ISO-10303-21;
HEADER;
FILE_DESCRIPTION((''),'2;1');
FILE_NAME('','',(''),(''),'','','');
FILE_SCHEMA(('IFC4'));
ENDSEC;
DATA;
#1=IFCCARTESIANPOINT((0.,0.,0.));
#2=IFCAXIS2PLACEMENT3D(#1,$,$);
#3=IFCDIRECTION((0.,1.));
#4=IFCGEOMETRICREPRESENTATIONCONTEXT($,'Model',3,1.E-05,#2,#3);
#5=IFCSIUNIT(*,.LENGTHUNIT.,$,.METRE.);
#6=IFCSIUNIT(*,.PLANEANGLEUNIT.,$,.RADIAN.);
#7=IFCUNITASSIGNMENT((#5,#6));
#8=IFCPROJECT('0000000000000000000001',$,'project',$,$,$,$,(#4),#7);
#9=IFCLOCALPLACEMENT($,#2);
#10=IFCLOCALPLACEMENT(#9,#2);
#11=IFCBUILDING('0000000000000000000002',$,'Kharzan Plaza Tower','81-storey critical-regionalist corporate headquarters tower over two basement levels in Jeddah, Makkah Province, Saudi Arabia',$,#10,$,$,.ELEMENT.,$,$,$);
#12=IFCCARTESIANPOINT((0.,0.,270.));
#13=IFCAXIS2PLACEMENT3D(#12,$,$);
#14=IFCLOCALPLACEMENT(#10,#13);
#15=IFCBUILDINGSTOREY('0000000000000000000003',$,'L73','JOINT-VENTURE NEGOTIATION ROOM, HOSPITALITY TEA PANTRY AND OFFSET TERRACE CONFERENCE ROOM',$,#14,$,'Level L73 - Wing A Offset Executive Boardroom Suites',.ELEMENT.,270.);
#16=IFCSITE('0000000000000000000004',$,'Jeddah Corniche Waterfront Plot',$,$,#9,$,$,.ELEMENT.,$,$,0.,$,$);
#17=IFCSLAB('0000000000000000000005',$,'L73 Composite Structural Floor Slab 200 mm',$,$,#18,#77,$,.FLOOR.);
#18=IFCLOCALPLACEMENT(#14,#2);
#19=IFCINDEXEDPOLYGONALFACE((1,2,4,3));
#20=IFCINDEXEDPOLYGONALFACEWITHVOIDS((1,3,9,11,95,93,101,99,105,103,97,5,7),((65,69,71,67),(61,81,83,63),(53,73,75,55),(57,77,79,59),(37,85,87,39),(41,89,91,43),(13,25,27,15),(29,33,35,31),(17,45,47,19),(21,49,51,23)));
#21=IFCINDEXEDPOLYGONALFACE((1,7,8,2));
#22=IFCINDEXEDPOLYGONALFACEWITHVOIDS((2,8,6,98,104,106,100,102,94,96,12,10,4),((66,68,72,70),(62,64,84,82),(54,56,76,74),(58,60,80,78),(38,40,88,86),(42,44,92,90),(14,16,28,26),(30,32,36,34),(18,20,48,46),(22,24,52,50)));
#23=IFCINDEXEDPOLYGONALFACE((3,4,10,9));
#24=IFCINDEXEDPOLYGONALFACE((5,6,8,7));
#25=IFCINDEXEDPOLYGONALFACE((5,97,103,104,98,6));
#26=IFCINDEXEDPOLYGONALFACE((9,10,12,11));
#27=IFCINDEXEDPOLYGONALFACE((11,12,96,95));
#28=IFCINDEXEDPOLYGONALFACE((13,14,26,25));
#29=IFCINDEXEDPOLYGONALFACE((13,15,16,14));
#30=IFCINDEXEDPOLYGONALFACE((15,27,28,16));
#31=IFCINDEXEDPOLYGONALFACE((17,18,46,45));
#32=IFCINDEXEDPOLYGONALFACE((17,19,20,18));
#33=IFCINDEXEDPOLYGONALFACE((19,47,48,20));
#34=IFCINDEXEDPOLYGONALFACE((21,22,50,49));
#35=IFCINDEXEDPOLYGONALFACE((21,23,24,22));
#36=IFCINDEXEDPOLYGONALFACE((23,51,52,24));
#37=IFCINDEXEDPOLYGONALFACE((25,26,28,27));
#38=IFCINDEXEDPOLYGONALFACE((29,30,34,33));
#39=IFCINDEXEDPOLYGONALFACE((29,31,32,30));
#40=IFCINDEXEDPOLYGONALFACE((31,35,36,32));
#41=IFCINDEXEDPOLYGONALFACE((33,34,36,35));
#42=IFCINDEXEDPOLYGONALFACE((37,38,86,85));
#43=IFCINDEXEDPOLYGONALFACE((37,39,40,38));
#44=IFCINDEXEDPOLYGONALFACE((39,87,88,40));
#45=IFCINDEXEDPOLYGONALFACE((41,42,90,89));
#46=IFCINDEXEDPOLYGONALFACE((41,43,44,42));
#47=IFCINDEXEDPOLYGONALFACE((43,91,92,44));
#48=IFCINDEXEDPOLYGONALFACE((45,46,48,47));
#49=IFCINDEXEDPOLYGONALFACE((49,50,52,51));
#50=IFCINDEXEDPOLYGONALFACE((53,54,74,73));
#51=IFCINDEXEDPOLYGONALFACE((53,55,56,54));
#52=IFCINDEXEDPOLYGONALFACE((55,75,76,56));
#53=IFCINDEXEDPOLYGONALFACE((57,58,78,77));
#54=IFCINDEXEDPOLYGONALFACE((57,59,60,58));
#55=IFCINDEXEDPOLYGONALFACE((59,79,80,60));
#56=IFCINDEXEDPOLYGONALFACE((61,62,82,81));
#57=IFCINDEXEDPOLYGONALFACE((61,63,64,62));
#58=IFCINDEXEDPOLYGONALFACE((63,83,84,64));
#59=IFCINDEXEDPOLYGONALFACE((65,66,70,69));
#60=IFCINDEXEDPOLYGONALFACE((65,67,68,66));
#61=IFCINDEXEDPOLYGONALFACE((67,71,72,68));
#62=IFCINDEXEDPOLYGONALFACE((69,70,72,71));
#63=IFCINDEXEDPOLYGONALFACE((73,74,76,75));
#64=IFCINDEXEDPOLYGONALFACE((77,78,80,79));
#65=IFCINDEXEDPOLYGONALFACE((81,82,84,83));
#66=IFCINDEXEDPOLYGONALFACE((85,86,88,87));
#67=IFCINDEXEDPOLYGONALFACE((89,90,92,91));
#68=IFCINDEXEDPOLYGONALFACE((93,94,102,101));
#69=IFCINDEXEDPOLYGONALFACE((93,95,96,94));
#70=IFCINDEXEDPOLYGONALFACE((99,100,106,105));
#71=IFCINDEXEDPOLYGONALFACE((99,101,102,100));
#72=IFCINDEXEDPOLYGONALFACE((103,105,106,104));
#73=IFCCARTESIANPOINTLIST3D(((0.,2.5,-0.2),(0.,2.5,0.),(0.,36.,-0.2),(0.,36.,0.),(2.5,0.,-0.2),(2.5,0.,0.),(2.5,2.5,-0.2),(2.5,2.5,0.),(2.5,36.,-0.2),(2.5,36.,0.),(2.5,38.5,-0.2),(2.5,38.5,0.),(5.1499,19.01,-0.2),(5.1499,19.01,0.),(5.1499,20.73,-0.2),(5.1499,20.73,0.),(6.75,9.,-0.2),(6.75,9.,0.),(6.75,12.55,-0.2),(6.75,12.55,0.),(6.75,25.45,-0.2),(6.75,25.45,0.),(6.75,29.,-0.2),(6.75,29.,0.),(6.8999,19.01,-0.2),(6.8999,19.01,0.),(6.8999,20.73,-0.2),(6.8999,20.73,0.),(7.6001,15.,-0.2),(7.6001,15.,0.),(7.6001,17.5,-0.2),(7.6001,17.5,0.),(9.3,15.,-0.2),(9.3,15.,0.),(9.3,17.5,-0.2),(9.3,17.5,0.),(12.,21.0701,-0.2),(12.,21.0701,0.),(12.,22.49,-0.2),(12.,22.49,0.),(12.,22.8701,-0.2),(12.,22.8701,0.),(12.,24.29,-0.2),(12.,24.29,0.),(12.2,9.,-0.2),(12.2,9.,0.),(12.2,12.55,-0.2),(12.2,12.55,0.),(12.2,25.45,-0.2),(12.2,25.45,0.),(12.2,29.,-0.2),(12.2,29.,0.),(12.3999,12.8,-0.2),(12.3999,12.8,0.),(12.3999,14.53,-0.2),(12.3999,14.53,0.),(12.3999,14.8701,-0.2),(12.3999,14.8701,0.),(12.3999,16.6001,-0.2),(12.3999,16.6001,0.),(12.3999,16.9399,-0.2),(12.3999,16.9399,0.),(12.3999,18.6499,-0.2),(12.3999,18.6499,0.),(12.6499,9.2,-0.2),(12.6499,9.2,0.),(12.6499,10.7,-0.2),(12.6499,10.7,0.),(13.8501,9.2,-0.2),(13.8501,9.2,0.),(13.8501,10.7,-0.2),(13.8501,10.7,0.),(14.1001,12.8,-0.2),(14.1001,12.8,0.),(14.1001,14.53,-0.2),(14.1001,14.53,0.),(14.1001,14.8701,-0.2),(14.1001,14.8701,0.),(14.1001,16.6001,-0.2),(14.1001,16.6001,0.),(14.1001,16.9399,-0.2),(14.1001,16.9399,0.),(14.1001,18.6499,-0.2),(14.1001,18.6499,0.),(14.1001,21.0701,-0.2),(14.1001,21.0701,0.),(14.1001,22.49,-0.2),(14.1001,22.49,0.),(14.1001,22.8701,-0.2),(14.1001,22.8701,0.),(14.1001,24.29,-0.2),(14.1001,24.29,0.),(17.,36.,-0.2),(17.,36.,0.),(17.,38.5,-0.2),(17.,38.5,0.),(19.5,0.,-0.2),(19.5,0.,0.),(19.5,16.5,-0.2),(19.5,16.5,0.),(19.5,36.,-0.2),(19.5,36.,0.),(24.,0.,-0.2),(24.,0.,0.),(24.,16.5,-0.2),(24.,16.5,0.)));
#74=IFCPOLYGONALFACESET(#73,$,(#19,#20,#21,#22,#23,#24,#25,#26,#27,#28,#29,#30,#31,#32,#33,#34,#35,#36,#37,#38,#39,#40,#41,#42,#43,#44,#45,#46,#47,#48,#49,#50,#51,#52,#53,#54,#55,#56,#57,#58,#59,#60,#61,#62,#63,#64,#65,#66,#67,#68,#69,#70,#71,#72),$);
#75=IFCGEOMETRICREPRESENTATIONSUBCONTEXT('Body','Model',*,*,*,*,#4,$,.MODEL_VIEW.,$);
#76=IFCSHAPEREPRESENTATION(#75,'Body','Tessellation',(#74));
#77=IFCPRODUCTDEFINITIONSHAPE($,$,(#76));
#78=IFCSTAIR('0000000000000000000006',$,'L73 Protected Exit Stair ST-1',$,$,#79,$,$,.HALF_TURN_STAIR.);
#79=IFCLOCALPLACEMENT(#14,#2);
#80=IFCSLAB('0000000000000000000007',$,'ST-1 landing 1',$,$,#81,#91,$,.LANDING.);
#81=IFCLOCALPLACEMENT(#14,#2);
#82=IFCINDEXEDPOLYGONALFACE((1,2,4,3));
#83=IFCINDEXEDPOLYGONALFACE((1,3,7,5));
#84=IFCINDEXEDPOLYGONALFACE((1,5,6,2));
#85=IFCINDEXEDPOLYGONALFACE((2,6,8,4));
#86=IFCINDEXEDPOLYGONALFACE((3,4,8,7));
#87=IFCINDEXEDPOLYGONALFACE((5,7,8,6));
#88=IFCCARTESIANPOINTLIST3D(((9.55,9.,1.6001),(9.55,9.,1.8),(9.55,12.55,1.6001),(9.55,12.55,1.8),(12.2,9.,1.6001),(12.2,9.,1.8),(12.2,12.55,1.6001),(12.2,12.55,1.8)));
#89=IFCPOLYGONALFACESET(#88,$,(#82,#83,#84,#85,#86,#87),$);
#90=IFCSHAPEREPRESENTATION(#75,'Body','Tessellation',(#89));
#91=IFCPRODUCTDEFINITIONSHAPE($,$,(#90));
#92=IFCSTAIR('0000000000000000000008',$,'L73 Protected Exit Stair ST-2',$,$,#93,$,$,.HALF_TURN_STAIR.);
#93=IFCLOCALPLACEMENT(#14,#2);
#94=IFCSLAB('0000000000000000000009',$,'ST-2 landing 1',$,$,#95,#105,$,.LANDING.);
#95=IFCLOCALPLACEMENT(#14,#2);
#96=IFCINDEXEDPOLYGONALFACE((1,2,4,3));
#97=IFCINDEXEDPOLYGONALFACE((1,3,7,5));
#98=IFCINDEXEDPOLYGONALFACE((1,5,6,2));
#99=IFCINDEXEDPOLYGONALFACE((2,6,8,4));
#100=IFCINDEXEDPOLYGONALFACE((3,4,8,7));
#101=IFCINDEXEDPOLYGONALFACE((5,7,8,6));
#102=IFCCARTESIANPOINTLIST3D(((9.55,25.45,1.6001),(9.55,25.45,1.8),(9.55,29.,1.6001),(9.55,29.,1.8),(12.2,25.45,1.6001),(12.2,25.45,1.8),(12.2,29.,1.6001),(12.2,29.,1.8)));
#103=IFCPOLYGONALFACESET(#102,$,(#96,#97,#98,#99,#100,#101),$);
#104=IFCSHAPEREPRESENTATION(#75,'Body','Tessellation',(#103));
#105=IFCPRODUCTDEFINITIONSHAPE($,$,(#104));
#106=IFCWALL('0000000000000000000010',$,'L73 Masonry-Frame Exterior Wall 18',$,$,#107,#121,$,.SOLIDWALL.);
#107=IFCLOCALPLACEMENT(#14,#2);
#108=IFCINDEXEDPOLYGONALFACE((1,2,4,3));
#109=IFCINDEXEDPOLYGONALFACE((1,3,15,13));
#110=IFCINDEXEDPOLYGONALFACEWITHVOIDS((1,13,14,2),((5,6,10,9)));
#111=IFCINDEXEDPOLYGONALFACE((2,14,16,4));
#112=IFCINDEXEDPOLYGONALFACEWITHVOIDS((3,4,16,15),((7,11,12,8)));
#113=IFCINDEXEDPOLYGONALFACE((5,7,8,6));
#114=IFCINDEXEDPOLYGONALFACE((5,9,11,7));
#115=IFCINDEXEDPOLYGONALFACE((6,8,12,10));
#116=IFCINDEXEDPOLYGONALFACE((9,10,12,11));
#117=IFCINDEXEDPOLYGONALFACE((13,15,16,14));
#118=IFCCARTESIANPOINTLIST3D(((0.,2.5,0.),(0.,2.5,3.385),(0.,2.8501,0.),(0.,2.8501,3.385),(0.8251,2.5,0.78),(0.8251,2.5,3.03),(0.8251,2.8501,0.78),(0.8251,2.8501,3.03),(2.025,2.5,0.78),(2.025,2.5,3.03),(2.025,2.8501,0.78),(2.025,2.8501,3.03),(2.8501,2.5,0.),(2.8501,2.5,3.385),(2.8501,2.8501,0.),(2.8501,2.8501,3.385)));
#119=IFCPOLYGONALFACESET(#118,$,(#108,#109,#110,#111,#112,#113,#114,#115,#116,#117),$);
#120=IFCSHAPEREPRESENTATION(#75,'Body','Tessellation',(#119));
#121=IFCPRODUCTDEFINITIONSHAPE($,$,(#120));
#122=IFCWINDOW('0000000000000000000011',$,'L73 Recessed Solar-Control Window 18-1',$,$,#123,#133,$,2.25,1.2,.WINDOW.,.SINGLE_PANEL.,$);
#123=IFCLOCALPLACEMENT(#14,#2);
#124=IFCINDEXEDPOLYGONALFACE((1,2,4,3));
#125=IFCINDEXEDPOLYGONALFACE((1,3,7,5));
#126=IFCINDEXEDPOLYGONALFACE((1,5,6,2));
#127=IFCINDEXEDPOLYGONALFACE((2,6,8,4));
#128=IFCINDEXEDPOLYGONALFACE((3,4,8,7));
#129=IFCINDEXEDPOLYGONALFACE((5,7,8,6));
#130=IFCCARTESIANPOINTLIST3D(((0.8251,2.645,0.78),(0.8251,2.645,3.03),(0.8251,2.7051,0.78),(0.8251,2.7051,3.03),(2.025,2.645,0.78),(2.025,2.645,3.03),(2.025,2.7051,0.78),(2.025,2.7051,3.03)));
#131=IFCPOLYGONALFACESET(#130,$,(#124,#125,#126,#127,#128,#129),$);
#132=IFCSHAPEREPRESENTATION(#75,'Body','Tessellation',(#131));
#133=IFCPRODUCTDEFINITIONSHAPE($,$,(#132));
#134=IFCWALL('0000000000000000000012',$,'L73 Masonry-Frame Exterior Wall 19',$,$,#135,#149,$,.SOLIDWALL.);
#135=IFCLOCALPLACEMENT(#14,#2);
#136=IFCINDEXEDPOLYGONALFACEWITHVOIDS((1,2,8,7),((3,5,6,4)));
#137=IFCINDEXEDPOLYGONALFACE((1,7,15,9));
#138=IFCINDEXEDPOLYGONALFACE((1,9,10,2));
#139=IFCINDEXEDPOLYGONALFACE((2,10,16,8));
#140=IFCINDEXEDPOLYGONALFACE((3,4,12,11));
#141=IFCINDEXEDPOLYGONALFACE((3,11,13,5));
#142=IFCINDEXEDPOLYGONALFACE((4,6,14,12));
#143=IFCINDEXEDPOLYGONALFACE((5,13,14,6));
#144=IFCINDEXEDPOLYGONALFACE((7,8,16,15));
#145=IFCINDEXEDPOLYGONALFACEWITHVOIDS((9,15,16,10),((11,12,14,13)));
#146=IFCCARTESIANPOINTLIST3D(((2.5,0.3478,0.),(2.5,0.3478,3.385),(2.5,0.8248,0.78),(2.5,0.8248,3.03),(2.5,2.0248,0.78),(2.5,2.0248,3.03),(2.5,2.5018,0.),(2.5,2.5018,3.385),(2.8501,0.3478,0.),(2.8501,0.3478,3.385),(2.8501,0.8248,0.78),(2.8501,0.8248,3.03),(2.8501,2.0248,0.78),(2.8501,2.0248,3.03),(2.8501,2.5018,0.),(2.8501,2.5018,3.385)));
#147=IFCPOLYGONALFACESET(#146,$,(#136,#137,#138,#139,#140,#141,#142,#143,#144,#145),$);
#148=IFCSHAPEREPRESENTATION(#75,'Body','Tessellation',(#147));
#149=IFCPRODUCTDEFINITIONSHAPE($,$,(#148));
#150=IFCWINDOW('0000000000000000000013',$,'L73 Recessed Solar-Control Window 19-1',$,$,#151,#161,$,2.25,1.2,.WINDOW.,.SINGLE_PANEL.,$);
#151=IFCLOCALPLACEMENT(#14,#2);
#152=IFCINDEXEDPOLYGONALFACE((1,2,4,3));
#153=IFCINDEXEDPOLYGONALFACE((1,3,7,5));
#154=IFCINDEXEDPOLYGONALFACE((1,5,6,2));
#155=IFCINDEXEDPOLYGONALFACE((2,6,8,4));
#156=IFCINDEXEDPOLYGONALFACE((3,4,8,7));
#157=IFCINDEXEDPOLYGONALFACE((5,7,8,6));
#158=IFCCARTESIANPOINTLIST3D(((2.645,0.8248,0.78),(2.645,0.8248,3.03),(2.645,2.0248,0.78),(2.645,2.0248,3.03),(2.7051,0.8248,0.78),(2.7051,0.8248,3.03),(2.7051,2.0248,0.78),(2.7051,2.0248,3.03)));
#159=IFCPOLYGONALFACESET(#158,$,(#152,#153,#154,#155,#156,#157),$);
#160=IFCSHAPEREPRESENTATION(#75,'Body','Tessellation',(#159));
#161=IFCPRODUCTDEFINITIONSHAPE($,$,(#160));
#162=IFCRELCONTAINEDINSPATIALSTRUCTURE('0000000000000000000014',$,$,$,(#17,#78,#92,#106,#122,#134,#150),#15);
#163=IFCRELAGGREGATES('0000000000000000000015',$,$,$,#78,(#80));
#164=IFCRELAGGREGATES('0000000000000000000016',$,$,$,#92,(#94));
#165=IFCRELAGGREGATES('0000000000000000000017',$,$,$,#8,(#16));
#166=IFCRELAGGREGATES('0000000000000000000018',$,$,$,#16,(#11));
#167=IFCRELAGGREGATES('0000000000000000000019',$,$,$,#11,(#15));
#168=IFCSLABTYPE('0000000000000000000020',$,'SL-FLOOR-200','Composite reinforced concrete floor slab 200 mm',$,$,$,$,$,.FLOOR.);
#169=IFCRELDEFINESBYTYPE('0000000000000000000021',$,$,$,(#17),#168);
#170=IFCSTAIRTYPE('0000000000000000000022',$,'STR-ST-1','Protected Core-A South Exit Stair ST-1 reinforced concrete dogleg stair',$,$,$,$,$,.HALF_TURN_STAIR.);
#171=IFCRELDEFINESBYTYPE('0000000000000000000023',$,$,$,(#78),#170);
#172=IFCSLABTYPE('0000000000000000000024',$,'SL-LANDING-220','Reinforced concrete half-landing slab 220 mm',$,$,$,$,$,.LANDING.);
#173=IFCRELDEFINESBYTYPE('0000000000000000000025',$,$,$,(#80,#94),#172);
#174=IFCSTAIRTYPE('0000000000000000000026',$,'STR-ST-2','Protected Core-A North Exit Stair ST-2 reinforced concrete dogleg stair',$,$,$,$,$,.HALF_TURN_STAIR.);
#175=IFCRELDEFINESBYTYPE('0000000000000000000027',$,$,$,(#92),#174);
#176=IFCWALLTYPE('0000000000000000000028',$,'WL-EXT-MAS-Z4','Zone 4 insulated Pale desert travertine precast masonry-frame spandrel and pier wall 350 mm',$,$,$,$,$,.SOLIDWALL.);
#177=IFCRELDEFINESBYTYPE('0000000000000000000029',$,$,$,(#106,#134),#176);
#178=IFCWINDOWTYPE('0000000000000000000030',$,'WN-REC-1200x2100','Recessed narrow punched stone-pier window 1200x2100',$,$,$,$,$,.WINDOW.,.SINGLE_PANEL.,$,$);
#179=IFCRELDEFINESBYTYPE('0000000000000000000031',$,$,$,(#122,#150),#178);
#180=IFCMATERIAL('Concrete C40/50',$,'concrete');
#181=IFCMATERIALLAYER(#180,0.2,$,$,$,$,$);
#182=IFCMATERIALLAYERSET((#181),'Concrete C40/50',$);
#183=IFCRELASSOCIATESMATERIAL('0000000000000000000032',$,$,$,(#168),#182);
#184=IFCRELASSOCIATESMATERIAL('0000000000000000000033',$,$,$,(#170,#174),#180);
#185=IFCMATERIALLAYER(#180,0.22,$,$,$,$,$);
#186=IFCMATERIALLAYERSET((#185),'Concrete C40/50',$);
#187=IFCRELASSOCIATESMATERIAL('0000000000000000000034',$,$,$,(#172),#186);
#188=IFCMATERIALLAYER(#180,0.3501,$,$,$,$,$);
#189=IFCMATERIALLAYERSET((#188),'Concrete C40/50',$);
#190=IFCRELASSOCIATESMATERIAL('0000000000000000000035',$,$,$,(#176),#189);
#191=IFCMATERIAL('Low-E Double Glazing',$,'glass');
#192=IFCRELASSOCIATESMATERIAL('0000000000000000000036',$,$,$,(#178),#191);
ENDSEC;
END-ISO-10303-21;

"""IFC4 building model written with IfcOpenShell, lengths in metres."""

from ifc_helpers import new_model, si_unit, direction, frame, frame_2d, origin, place, context, subcontext, project, spatial, polyline, rectangle, outline, extrude, source, transform, mapped, material, layer, layer_set, type_object, element, fill, aggregate, save


model = new_model("IFC4")

# Units and contexts
model_context = context("Model", 3, precision=1e-05, world=origin(), true_north=direction((0.0, 1.0)))
body_context = subcontext(model_context, "Body", "Model", "MODEL_VIEW")
ifc_project = project(units=[si_unit("LENGTHUNIT", "METRE"), si_unit("PLANEANGLEUNIT", "RADIAN")], contexts=[model_context])

# Site, building, storey
site_placement = place(None, origin())
site = spatial("IfcSite", under=ifc_project, at=site_placement, Name="Jeddah Corniche Waterfront Plot", CompositionType="ELEMENT", RefElevation=0.0)
building_placement = place(site_placement, origin())
building = spatial("IfcBuilding", under=site, at=building_placement, Name="Kharzan Plaza Tower", Description="81-storey critical-regionalist corporate headquarters tower over two basement levels in Jeddah, Makkah Province, Saudi Arabia", CompositionType="ELEMENT")
storey_placement = place(building_placement, frame((0.0, 0.0, 270.0)))
storey = spatial("IfcBuildingStorey", under=building, at=storey_placement, Name="L73", Description="JOINT-VENTURE NEGOTIATION ROOM, HOSPITALITY TEA PANTRY AND OFFSET TERRACE CONFERENCE ROOM", LongName="Level L73 - Wing A Offset Executive Boardroom Suites", CompositionType="ELEMENT", Elevation=270.0)

# Slab
ifc_material_1 = material(Name="Concrete C40/50", Category="concrete")
ifc_layer_1 = layer(ifc_material_1, 0.2)
ifc_layer_set_1 = layer_set([ifc_layer_1], Name="Concrete C40/50")
slab_type_1 = type_object("IfcSlabType", Name="SL-FLOOR-200", Description="Composite reinforced concrete floor slab 200 mm", PredefinedType="FLOOR", material=ifc_layer_set_1)
slab_1_placement = place(storey_placement, frame((0.0, 0.0, -0.2)))
element("IfcSlab", 1, at=slab_1_placement, inside=storey, type_object=slab_type_1, Name="L73 Composite Structural Floor Slab 200 mm", PredefinedType="FLOOR", context=body_context, shape_type="SweptSolid", body=[
    extrude(outline(polyline([(19.5, 36.0), (17.0, 36.0), (17.0, 38.5), (2.5, 38.5), (2.5, 36.0), (0.0, 36.0), (0.0, 2.5), (2.5, 2.5), (2.5, 0.0), (19.5, 0.0), (24.0, 0.0), (24.0, 16.5), (19.5, 16.5), (19.5, 36.0)]), holes=[polyline([(13.8501, 10.7), (12.6499, 10.7), (12.6499, 9.2), (13.8501, 9.2), (13.8501, 10.7)]), polyline([(12.2, 12.55), (6.75, 12.55), (6.75, 9.0), (12.2, 9.0), (12.2, 12.55)]), polyline([(14.1001, 14.53), (12.3999, 14.53), (12.3999, 12.8), (14.1001, 12.8), (14.1001, 14.53)]), polyline([(14.1001, 14.8701), (14.1001, 16.6001), (12.3999, 16.6001), (12.3999, 14.8701), (14.1001, 14.8701)]), polyline([(9.3, 15.0), (9.3, 17.5), (7.6001, 17.5), (7.6001, 15.0), (9.3, 15.0)]), polyline([(14.1001, 18.6499), (12.3999, 18.6499), (12.3999, 16.9399), (14.1001, 16.9399), (14.1001, 18.6499)]), polyline([(6.8999, 20.73), (5.1499, 20.73), (5.1499, 19.01), (6.8999, 19.01), (6.8999, 20.73)]), polyline([(14.1001, 22.49), (12.0, 22.49), (12.0, 21.0701), (14.1001, 21.0701), (14.1001, 22.49)]), polyline([(14.1001, 22.8701), (14.1001, 24.29), (12.0, 24.29), (12.0, 22.8701), (14.1001, 22.8701)]), polyline([(12.2, 25.45), (12.2, 29.0), (6.75, 29.0), (6.75, 25.45), (12.2, 25.45)])]), origin(), (0.0, 0.0, 1.0), 0.2),
])

# Stairs, slabs
stair_type_1 = type_object("IfcStairType", Name="STR-ST-1", Description="Protected Core-A South Exit Stair ST-1 reinforced concrete dogleg stair", PredefinedType="HALF_TURN_STAIR", material=ifc_material_1)
stair_1_placement = place(storey_placement, origin())
stair_1 = element("IfcStair", 2, at=stair_1_placement, inside=storey, type_object=stair_type_1, Name="L73 Protected Exit Stair ST-1", PredefinedType="HALF_TURN_STAIR")
ifc_layer_2 = layer(ifc_material_1, 0.22)
ifc_layer_set_2 = layer_set([ifc_layer_2], Name="Concrete C40/50")
slab_type_2 = type_object("IfcSlabType", Name="SL-LANDING-220", Description="Reinforced concrete half-landing slab 220 mm", PredefinedType="LANDING", material=ifc_layer_set_2)
slab_2_placement = place(storey_placement, frame((0.0, 0.0, 1.6001)))
slab_2 = element("IfcSlab", 3, at=slab_2_placement, type_object=slab_type_2, Name="ST-1 landing 1", PredefinedType="LANDING", context=body_context, shape_type="SweptSolid", body=[
    extrude(outline(polyline([(9.55, 9.0), (12.2, 9.0), (12.2, 12.55), (9.55, 12.55), (9.55, 9.0)])), origin(), (0.0, 0.0, 1.0), 0.2),
])
aggregate(stair_1, [slab_2])
stair_type_2 = type_object("IfcStairType", Name="STR-ST-2", Description="Protected Core-A North Exit Stair ST-2 reinforced concrete dogleg stair", PredefinedType="HALF_TURN_STAIR", material=ifc_material_1)
stair_2_placement = place(storey_placement, origin())
stair_2 = element("IfcStair", 4, at=stair_2_placement, inside=storey, type_object=stair_type_2, Name="L73 Protected Exit Stair ST-2", PredefinedType="HALF_TURN_STAIR")
slab_3_placement = place(storey_placement, frame((0.0, 0.0, 1.6001)))
slab_3 = element("IfcSlab", 5, at=slab_3_placement, type_object=slab_type_2, Name="ST-2 landing 1", PredefinedType="LANDING", context=body_context, shape_type="SweptSolid", body=[
    extrude(outline(polyline([(9.55, 25.45), (12.2, 25.45), (12.2, 29.0), (9.55, 29.0), (9.55, 25.45)])), origin(), (0.0, 0.0, 1.0), 0.2),
])
aggregate(stair_2, [slab_3])

# Walls, openings, windows
ifc_layer_3 = layer(ifc_material_1, 0.3501)
ifc_layer_set_3 = layer_set([ifc_layer_3], Name="Concrete C40/50")
wall_type_1 = type_object("IfcWallType", Name="WL-EXT-MAS-Z4", Description="Zone 4 insulated Pale desert travertine precast masonry-frame spandrel and pier wall 350 mm", PredefinedType="SOLIDWALL", material=ifc_layer_set_3)
wall_1_placement = place(storey_placement, frame((0.0, 2.675, 0.0), z_axis=(0.0, 0.0, 1.0), x_axis=(1.0, 0.0, 0.0)))
wall_1 = element("IfcWall", 6, at=wall_1_placement, inside=storey, type_object=wall_type_1, Name="L73 Masonry-Frame Exterior Wall 18", PredefinedType="SOLIDWALL", context=body_context, shape_type="SweptSolid", body=[
    extrude(rectangle(XDim=2.8501, YDim=0.3501, at=frame_2d((1.425, 0.0))), origin(), (0.0, 0.0, 1.0), 3.385),
])
opening_1_placement = place(wall_1_placement, frame((0.825, 0.0, 0.78)))
opening_1 = element("IfcOpeningElement", 7, at=opening_1_placement, cuts=wall_1, PredefinedType="OPENING", context=body_context, shape_type="SweptSolid", body=[
    extrude(rectangle(XDim=1.2, YDim=2.25, at=frame_2d((0.6001, 1.125))), frame((0.0, 0.1851, 0.0), z_axis=(0.0, -1.0, 0.0), x_axis=(1.0, 0.0, 0.0)), (0.0, 0.0, 1.0), 0.3701),
])
ifc_material_2 = material(Name="Low-E Double Glazing", Category="glass")
window_type = type_object("IfcWindowType", Name="WN-REC-1200x2100", Description="Recessed narrow punched stone-pier window 1200x2100", PartitioningType="SINGLE_PANEL", PredefinedType="WINDOW", material=ifc_material_2)
shared_shape_1 = source(origin(), body_context, "Body", "SweptSolid", [
    extrude(rectangle(XDim=1.2, YDim=2.25, at=frame_2d((0.6001, 1.125))), frame((0.0, 0.03, 0.0), z_axis=(0.0, -1.0, 0.0), x_axis=(1.0, 0.0, 0.0)), (0.0, 0.0, 1.0), 0.0601),
])
window_1_placement = place(opening_1_placement, origin())
window_1 = element("IfcWindow", 8, at=window_1_placement, inside=storey, type_object=window_type, Name="L73 Recessed Solar-Control Window 18-1", OverallHeight=2.25, OverallWidth=1.2, PartitioningType="SINGLE_PANEL", PredefinedType="WINDOW", context=body_context, shape_type="MappedRepresentation", body=[
    mapped(shared_shape_1, transform((0.0, 0.0, 0.0), x_axis=(1.0, 0.0, 0.0), y_axis=(0.0, 1.0, 0.0), z_axis=(0.0, 0.0, 1.0))),
])
fill(opening_1, window_1)
wall_2_placement = place(storey_placement, frame((2.675, 2.502, 0.0), z_axis=(0.0, 0.0, 1.0), x_axis=(0.0, -1.0, 0.0)))
wall_2 = element("IfcWall", 9, at=wall_2_placement, inside=storey, type_object=wall_type_1, Name="L73 Masonry-Frame Exterior Wall 19", PredefinedType="SOLIDWALL", context=body_context, shape_type="SweptSolid", body=[
    extrude(rectangle(XDim=2.1541, YDim=0.3501, at=frame_2d((1.0771, 0.0))), origin(), (0.0, 0.0, 1.0), 3.385),
])
opening_2_placement = place(wall_2_placement, frame((0.4771, 0.0, 0.78)))
opening_2 = element("IfcOpeningElement", 10, at=opening_2_placement, cuts=wall_2, PredefinedType="OPENING", context=body_context, shape_type="SweptSolid", body=[
    extrude(rectangle(XDim=1.2, YDim=2.25, at=frame_2d((0.6001, 1.125))), frame((0.0, 0.1851, 0.0), z_axis=(0.0, -1.0, 0.0), x_axis=(1.0, 0.0, 0.0)), (0.0, 0.0, 1.0), 0.3701),
])
window_2_placement = place(opening_2_placement, origin())
window_2 = element("IfcWindow", 11, at=window_2_placement, inside=storey, type_object=window_type, Name="L73 Recessed Solar-Control Window 19-1", OverallHeight=2.25, OverallWidth=1.2, PartitioningType="SINGLE_PANEL", PredefinedType="WINDOW", context=body_context, shape_type="MappedRepresentation", body=[
    mapped(shared_shape_1, transform((0.0, 0.0, 0.0), x_axis=(1.0, 0.0, 0.0), y_axis=(0.0, 1.0, 0.0), z_axis=(0.0, 0.0, 1.0))),
])
fill(opening_2, window_2)

save(model, "model.ifc")
